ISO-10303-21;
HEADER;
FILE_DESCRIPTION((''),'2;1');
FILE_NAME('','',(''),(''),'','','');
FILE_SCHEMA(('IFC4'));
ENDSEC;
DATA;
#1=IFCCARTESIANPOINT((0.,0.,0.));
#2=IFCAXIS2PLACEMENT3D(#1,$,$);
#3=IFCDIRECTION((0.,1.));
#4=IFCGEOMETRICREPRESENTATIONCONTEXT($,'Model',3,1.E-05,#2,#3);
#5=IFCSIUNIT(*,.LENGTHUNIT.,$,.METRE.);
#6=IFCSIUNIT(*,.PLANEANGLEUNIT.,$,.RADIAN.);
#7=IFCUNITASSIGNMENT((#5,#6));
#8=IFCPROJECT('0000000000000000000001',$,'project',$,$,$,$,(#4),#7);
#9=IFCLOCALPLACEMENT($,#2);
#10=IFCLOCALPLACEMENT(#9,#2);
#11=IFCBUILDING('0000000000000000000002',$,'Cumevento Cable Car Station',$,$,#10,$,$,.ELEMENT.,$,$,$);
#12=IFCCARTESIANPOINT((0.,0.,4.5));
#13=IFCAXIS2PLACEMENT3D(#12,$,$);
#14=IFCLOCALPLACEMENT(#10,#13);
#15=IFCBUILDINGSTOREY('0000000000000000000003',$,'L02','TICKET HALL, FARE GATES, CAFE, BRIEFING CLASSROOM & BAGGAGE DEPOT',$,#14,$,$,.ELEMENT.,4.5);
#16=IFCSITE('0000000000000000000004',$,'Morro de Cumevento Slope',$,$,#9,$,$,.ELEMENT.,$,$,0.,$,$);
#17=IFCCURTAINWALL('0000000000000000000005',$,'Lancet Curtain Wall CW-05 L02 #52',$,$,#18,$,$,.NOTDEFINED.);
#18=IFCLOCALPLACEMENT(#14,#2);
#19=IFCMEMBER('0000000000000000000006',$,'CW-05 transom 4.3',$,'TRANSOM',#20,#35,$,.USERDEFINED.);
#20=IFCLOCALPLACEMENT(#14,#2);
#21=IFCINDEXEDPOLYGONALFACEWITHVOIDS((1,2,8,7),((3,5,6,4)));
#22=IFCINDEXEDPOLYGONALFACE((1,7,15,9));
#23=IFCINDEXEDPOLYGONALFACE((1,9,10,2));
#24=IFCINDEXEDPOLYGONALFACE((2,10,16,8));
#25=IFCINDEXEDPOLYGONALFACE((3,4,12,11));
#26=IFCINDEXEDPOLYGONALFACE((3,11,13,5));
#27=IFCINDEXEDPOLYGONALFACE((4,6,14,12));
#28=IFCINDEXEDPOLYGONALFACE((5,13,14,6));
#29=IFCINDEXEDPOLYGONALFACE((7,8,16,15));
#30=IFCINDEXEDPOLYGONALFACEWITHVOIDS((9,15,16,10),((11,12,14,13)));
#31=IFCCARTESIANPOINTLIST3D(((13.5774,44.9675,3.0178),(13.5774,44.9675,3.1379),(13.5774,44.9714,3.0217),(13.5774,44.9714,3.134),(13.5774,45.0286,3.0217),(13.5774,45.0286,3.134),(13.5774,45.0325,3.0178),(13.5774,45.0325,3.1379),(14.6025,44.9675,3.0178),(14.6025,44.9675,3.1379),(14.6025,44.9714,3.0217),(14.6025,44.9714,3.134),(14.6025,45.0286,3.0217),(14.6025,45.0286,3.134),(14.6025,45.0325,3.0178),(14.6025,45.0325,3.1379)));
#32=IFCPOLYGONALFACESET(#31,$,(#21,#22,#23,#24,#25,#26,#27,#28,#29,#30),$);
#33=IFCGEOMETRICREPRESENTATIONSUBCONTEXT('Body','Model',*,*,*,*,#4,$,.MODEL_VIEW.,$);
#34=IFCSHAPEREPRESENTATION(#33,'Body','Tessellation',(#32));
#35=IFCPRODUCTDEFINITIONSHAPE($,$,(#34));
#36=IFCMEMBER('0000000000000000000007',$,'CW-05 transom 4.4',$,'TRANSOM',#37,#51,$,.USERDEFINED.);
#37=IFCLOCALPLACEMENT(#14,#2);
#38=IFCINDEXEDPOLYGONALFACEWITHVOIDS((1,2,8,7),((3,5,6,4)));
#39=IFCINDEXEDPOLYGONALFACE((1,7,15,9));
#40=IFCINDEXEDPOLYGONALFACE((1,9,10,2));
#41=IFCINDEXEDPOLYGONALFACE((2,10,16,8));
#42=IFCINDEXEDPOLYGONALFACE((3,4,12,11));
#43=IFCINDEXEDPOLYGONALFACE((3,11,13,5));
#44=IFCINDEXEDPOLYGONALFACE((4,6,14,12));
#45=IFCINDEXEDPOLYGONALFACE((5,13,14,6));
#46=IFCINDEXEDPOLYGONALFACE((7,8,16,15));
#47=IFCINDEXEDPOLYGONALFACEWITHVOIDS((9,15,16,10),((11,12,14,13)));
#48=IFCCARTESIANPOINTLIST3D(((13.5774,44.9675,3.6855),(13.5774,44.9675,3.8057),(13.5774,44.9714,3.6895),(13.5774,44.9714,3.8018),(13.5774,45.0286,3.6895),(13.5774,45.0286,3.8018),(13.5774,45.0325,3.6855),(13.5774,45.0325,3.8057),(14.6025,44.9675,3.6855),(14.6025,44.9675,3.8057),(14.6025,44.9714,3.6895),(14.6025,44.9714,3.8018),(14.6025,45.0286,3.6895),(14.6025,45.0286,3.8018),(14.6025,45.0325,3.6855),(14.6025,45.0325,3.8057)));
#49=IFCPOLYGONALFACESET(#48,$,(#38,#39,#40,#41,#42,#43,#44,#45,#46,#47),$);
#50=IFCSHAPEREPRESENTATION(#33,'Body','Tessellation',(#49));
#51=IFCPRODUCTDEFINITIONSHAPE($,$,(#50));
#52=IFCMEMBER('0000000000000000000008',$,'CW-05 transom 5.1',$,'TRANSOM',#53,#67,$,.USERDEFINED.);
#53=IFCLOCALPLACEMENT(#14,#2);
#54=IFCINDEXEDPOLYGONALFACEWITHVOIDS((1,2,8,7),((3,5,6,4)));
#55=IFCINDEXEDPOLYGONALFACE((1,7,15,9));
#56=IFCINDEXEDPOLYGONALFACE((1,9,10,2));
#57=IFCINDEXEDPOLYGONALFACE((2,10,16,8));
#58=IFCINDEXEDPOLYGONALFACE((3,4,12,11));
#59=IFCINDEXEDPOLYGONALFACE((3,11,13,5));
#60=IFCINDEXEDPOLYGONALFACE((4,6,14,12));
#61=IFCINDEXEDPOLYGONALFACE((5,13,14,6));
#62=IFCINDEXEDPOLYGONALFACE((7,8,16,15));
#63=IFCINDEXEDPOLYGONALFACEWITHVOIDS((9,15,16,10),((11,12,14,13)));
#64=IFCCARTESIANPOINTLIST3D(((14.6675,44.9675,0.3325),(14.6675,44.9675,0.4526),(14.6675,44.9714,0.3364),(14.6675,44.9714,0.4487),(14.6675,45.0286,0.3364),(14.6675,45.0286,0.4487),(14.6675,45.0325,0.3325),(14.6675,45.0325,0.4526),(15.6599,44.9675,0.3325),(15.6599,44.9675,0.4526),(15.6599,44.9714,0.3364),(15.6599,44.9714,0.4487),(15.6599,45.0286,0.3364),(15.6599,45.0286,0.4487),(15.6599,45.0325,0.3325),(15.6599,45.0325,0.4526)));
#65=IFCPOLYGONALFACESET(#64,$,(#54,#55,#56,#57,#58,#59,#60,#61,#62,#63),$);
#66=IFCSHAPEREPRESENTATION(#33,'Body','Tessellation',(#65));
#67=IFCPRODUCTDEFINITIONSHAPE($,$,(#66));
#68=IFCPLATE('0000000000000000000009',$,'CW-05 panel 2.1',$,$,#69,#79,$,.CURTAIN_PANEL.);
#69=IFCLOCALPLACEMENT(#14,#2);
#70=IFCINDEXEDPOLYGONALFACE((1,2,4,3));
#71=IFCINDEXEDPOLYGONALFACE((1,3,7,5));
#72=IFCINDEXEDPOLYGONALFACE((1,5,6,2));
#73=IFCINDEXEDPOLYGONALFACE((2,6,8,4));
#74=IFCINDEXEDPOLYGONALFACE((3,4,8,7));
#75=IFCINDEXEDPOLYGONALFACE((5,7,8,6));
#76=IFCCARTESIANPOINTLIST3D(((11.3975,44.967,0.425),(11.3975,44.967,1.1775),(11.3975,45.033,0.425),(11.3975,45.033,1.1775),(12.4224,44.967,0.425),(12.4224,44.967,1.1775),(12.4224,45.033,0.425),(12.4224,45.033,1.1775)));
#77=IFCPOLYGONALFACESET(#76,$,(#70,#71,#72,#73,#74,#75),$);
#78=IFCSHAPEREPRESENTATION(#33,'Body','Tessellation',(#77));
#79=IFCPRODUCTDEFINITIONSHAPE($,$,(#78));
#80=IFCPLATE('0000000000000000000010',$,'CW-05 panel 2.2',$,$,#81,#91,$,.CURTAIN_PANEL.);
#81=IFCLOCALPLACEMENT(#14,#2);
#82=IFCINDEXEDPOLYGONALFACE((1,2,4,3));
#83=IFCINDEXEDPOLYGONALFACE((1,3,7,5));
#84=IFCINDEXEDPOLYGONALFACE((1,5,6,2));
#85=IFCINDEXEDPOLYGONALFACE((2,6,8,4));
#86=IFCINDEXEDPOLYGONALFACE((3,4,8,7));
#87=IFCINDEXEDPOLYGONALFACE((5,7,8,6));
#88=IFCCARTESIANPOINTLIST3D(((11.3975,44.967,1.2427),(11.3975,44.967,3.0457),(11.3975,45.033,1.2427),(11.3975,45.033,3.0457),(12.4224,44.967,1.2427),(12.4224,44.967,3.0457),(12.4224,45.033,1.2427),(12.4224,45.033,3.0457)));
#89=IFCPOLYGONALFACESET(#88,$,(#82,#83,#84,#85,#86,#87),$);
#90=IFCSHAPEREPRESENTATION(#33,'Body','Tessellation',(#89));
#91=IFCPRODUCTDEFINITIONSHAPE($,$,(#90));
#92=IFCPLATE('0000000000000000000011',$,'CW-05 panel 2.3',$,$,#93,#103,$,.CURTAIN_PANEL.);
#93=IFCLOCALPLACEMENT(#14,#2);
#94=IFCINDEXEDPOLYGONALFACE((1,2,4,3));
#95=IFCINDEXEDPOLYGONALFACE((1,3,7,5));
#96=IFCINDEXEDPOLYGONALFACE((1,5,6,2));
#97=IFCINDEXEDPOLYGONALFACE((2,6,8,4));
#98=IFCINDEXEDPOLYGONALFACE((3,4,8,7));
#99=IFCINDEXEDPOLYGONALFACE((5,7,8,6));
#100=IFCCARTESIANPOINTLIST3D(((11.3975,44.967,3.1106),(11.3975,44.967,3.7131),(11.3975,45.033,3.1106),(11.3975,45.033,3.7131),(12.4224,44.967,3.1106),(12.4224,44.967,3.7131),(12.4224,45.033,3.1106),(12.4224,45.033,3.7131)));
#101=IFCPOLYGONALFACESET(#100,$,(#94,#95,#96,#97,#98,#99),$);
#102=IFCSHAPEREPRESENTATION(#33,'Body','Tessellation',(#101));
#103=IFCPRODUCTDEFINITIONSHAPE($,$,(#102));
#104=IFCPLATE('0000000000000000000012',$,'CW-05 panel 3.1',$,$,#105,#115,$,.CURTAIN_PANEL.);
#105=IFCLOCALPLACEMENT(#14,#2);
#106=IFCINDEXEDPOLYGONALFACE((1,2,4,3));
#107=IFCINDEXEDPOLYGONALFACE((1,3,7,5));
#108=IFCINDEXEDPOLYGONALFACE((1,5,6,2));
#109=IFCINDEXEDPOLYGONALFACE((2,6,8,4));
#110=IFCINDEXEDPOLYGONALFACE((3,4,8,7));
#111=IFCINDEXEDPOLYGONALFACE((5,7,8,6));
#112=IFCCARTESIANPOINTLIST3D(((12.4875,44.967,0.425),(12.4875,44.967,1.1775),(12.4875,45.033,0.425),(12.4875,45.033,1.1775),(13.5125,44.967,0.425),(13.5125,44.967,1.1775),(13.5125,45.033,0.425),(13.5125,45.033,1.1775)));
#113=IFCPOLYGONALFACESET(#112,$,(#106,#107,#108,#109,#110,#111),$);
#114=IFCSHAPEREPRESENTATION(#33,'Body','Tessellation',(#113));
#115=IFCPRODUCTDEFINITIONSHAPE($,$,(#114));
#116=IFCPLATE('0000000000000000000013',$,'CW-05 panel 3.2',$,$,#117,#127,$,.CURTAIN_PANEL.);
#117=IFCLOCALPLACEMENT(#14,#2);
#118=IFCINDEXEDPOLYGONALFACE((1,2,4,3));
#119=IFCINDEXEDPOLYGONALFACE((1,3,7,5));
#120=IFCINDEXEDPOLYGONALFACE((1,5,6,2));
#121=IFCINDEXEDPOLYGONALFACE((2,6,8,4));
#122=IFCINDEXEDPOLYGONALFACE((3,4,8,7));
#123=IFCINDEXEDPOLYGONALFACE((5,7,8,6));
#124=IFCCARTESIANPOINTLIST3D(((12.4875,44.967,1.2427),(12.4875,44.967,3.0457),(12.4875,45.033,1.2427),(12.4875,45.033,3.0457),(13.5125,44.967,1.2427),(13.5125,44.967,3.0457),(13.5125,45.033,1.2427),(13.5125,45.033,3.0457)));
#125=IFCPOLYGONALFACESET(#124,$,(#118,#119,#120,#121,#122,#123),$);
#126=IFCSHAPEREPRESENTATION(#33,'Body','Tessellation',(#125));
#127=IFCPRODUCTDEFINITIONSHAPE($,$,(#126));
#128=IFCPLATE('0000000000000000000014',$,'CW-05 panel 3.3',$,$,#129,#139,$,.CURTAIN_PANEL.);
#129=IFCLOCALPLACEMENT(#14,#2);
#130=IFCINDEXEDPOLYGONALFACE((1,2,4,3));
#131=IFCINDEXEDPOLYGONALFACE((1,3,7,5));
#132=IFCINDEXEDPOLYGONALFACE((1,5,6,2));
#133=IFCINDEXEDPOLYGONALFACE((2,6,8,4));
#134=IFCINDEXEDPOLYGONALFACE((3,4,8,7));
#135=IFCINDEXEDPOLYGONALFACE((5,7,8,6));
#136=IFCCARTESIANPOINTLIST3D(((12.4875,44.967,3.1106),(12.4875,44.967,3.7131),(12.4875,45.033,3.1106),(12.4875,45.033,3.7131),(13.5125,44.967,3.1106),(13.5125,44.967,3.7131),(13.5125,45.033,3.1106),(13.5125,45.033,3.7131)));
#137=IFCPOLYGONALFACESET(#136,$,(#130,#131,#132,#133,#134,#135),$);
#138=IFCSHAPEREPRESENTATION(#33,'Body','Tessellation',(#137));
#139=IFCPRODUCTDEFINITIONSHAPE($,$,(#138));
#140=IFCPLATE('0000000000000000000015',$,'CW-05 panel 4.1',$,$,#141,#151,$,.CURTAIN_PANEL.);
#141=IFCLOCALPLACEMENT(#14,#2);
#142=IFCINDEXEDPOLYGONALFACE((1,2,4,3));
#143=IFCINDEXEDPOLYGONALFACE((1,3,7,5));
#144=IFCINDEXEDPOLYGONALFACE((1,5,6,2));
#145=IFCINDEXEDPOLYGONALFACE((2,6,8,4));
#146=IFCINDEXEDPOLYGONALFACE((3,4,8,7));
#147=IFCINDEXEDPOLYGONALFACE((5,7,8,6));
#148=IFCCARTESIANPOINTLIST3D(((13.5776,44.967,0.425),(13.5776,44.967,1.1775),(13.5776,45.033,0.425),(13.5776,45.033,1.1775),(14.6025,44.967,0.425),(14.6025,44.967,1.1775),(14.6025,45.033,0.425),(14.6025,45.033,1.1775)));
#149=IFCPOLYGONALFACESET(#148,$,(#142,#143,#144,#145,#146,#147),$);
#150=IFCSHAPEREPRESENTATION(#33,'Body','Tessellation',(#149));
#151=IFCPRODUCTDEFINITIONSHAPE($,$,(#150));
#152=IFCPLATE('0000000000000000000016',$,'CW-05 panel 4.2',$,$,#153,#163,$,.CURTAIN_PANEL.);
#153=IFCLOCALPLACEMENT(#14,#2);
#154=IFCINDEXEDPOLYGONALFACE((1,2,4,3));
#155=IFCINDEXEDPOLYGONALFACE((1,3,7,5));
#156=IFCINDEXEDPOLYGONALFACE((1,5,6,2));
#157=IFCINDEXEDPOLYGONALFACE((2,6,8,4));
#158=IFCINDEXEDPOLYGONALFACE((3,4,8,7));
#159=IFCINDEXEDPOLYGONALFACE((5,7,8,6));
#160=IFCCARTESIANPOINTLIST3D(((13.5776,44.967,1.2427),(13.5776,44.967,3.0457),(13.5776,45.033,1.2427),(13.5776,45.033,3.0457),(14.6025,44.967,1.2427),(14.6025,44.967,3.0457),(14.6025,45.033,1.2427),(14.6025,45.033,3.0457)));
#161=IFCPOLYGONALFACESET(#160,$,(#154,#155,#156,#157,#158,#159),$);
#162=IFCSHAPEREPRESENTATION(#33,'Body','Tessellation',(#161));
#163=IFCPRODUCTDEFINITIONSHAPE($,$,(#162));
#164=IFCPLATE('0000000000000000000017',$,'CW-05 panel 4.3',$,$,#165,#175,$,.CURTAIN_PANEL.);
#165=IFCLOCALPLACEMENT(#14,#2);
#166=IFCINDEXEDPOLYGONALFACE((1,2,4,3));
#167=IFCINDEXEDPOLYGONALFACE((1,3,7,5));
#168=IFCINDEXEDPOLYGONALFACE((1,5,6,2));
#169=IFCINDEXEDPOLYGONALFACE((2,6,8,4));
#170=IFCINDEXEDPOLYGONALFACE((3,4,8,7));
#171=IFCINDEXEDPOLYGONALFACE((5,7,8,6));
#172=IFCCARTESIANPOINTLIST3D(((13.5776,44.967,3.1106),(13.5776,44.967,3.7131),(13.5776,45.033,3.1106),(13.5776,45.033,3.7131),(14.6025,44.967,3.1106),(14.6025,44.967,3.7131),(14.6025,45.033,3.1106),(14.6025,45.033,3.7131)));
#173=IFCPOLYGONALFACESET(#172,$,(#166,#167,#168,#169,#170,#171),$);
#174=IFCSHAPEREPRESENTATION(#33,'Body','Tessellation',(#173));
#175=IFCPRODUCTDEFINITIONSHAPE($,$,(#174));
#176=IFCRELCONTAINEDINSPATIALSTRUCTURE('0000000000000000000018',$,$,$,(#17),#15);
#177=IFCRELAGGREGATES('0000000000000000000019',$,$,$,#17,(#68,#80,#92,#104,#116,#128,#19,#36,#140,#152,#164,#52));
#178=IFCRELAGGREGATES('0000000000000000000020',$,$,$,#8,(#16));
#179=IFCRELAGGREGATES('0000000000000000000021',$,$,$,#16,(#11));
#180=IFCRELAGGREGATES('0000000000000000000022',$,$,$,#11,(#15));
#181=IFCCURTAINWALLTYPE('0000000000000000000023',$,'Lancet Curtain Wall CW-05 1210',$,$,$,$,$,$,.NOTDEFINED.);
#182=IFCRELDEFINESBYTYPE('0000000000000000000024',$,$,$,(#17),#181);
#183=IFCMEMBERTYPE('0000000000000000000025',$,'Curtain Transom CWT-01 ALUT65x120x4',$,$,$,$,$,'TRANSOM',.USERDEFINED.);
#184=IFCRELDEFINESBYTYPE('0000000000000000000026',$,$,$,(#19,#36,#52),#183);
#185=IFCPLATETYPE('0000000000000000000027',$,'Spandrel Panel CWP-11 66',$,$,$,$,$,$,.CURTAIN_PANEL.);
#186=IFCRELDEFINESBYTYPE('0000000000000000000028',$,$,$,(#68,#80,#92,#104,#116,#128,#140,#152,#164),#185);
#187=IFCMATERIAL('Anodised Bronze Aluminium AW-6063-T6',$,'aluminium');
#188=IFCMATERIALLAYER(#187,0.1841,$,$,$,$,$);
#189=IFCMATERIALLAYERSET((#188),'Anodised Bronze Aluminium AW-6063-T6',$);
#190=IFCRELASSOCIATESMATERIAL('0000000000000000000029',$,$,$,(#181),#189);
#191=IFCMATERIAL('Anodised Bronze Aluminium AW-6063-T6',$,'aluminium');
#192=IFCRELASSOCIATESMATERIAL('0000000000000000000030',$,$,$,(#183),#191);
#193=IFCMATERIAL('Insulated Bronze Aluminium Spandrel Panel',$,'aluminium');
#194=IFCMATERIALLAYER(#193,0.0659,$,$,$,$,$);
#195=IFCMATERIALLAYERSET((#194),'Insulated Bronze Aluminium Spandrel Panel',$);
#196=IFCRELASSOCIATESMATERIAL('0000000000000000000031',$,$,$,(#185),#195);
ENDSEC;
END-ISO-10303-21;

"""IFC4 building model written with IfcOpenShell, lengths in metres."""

from ifc_helpers import new_model, si_unit, direction, frame, origin, origin_2d, place, context, subcontext, project, spatial, rectangle, hollow_rectangle, extrude, material, layer, layer_set, material_profile, profile_set, type_object, element, aggregate, save


model = new_model("IFC4")

# Units and contexts
model_context = context("Model", 3, precision=1e-05, world=origin(), true_north=direction((0.0, 1.0)))
body_context = subcontext(model_context, "Body", "Model", "MODEL_VIEW")
ifc_project = project(units=[si_unit("LENGTHUNIT", "METRE"), si_unit("PLANEANGLEUNIT", "RADIAN")], contexts=[model_context])

# Site, building, storey
site_placement = place(None, origin())
site = spatial("IfcSite", under=ifc_project, at=site_placement, Name="Morro de Cumevento Slope", CompositionType="ELEMENT", RefElevation=0.0)
building_placement = place(site_placement, origin())
building = spatial("IfcBuilding", under=site, at=building_placement, Name="Cumevento Cable Car Station", CompositionType="ELEMENT")
storey_placement = place(building_placement, frame((0.0, 0.0, 4.5)))
storey = spatial("IfcBuildingStorey", under=building, at=storey_placement, Name="L02", Description="TICKET HALL, FARE GATES, CAFE, BRIEFING CLASSROOM & BAGGAGE DEPOT", CompositionType="ELEMENT", Elevation=4.5)

# Curtain wall, members, plates
ifc_material_1 = material(Name="Anodised Bronze Aluminium AW-6063-T6", Category="aluminium")
ifc_layer_1 = layer(ifc_material_1, 0.1841)
ifc_layer_set_1 = layer_set([ifc_layer_1], Name="Anodised Bronze Aluminium AW-6063-T6")
curtain_wall_type = type_object("IfcCurtainWallType", Name="Lancet Curtain Wall CW-05 1210", PredefinedType="NOTDEFINED", material=ifc_layer_set_1)
curtain_wall_placement = place(storey_placement, origin())
curtain_wall = element("IfcCurtainWall", 1, at=curtain_wall_placement, inside=storey, type_object=curtain_wall_type, Name="Lancet Curtain Wall CW-05 L02 #52", PredefinedType="NOTDEFINED")
ifc_material_2 = material(Name="Anodised Bronze Aluminium AW-6063-T6", Category="aluminium")
ifc_material_profile_1 = material_profile(ifc_material_2, hollow_rectangle(XDim=0.0649, YDim=0.1201, WallThickness=0.0039, at=origin_2d()), Name="ALUT65x120x4")
ifc_profile_set_1 = profile_set([ifc_material_profile_1], Name="Anodised Bronze Aluminium AW-6063-T6")
member_type_1 = type_object("IfcMemberType", Name="Curtain Transom CWT-01 ALUT65x120x4", ElementType="TRANSOM", PredefinedType="USERDEFINED", material=ifc_profile_set_1)
member_1_placement = place(storey_placement, frame((13.5774, 45.0, 3.0779), z_axis=(1.0, 0.0, 0.0), x_axis=(0.0, 1.0, 0.0)))
member_1 = element("IfcMember", 2, at=member_1_placement, type_object=member_type_1, Name="CW-05 transom 4.3", ObjectType="TRANSOM", PredefinedType="USERDEFINED", context=body_context, shape_type="SweptSolid", body=[
    extrude(hollow_rectangle(XDim=0.0649, YDim=0.1201, WallThickness=0.0039, at=origin_2d()), origin(), (0.0, 0.0, 1.0), 1.0251),
])
member_2_placement = place(storey_placement, frame((13.5774, 45.0, 3.7456), z_axis=(1.0, 0.0, 0.0), x_axis=(0.0, 1.0, 0.0)))
member_2 = element("IfcMember", 3, at=member_2_placement, type_object=member_type_1, Name="CW-05 transom 4.4", ObjectType="TRANSOM", PredefinedType="USERDEFINED", context=body_context, shape_type="SweptSolid", body=[
    extrude(hollow_rectangle(XDim=0.0649, YDim=0.1201, WallThickness=0.0039, at=origin_2d()), origin(), (0.0, 0.0, 1.0), 1.0251),
])
member_3_placement = place(storey_placement, frame((14.6675, 45.0, 0.3926), z_axis=(1.0, 0.0, 0.0), x_axis=(0.0, 1.0, 0.0)))
member_3 = element("IfcMember", 4, at=member_3_placement, type_object=member_type_1, Name="CW-05 transom 5.1", ObjectType="TRANSOM", PredefinedType="USERDEFINED", context=body_context, shape_type="SweptSolid", body=[
    extrude(hollow_rectangle(XDim=0.0649, YDim=0.1201, WallThickness=0.0039, at=origin_2d()), origin(), (0.0, 0.0, 1.0), 0.9924),
])
ifc_material_3 = material(Name="Insulated Bronze Aluminium Spandrel Panel", Category="aluminium")
ifc_layer_2 = layer(ifc_material_3, 0.0659)
ifc_layer_set_2 = layer_set([ifc_layer_2], Name="Insulated Bronze Aluminium Spandrel Panel")
plate_type = type_object("IfcPlateType", Name="Spandrel Panel CWP-11 66", PredefinedType="CURTAIN_PANEL", material=ifc_layer_set_2)
plate_1_placement = place(storey_placement, frame((11.9099, 45.0, 0.425), z_axis=(0.0, 0.0, 1.0), x_axis=(1.0, 0.0, 0.0)))
plate_1 = element("IfcPlate", 5, at=plate_1_placement, type_object=plate_type, Name="CW-05 panel 2.1", PredefinedType="CURTAIN_PANEL", context=body_context, shape_type="SweptSolid", body=[
    extrude(rectangle(XDim=1.0249, YDim=0.0659, at=origin_2d()), origin(), (0.0, 0.0, 1.0), 0.7524),
])
plate_2_placement = place(storey_placement, frame((11.9099, 45.0, 1.2427), z_axis=(0.0, 0.0, 1.0), x_axis=(1.0, 0.0, 0.0)))
plate_2 = element("IfcPlate", 6, at=plate_2_placement, type_object=plate_type, Name="CW-05 panel 2.2", PredefinedType="CURTAIN_PANEL", context=body_context, shape_type="SweptSolid", body=[
    extrude(rectangle(XDim=1.0249, YDim=0.0659, at=origin_2d()), origin(), (0.0, 0.0, 1.0), 1.803),
])
plate_3_placement = place(storey_placement, frame((11.9099, 45.0, 3.1106), z_axis=(0.0, 0.0, 1.0), x_axis=(1.0, 0.0, 0.0)))
plate_3 = element("IfcPlate", 7, at=plate_3_placement, type_object=plate_type, Name="CW-05 panel 2.3", PredefinedType="CURTAIN_PANEL", context=body_context, shape_type="SweptSolid", body=[
    extrude(rectangle(XDim=1.0249, YDim=0.0659, at=origin_2d()), origin(), (0.0, 0.0, 1.0), 0.6025),
])
plate_4_placement = place(storey_placement, frame((13.0, 45.0, 0.425), z_axis=(0.0, 0.0, 1.0), x_axis=(1.0, 0.0, 0.0)))
plate_4 = element("IfcPlate", 8, at=plate_4_placement, type_object=plate_type, Name="CW-05 panel 3.1", PredefinedType="CURTAIN_PANEL", context=body_context, shape_type="SweptSolid", body=[
    extrude(rectangle(XDim=1.0249, YDim=0.0659, at=origin_2d()), origin(), (0.0, 0.0, 1.0), 0.7524),
])
plate_5_placement = place(storey_placement, frame((13.0, 45.0, 1.2427), z_axis=(0.0, 0.0, 1.0), x_axis=(1.0, 0.0, 0.0)))
plate_5 = element("IfcPlate", 9, at=plate_5_placement, type_object=plate_type, Name="CW-05 panel 3.2", PredefinedType="CURTAIN_PANEL", context=body_context, shape_type="SweptSolid", body=[
    extrude(rectangle(XDim=1.0249, YDim=0.0659, at=origin_2d()), origin(), (0.0, 0.0, 1.0), 1.803),
])
plate_6_placement = place(storey_placement, frame((13.0, 45.0, 3.1106), z_axis=(0.0, 0.0, 1.0), x_axis=(1.0, 0.0, 0.0)))
plate_6 = element("IfcPlate", 10, at=plate_6_placement, type_object=plate_type, Name="CW-05 panel 3.3", PredefinedType="CURTAIN_PANEL", context=body_context, shape_type="SweptSolid", body=[
    extrude(rectangle(XDim=1.0249, YDim=0.0659, at=origin_2d()), origin(), (0.0, 0.0, 1.0), 0.6025),
])
plate_7_placement = place(storey_placement, frame((14.0901, 45.0, 0.425), z_axis=(0.0, 0.0, 1.0), x_axis=(1.0, 0.0, 0.0)))
plate_7 = element("IfcPlate", 11, at=plate_7_placement, type_object=plate_type, Name="CW-05 panel 4.1", PredefinedType="CURTAIN_PANEL", context=body_context, shape_type="SweptSolid", body=[
    extrude(rectangle(XDim=1.0249, YDim=0.0659, at=origin_2d()), origin(), (0.0, 0.0, 1.0), 0.7524),
])
plate_8_placement = place(storey_placement, frame((14.0901, 45.0, 1.2427), z_axis=(0.0, 0.0, 1.0), x_axis=(1.0, 0.0, 0.0)))
plate_8 = element("IfcPlate", 12, at=plate_8_placement, type_object=plate_type, Name="CW-05 panel 4.2", PredefinedType="CURTAIN_PANEL", context=body_context, shape_type="SweptSolid", body=[
    extrude(rectangle(XDim=1.0249, YDim=0.0659, at=origin_2d()), origin(), (0.0, 0.0, 1.0), 1.803),
])
plate_9_placement = place(storey_placement, frame((14.0901, 45.0, 3.1106), z_axis=(0.0, 0.0, 1.0), x_axis=(1.0, 0.0, 0.0)))
plate_9 = element("IfcPlate", 13, at=plate_9_placement, type_object=plate_type, Name="CW-05 panel 4.3", PredefinedType="CURTAIN_PANEL", context=body_context, shape_type="SweptSolid", body=[
    extrude(rectangle(XDim=1.0249, YDim=0.0659, at=origin_2d()), origin(), (0.0, 0.0, 1.0), 0.6025),
])
aggregate(curtain_wall, [plate_1, plate_2, plate_3, plate_4, plate_5, plate_6, member_1, member_2, plate_7, plate_8, plate_9, member_3])

save(model, "model.ifc")
